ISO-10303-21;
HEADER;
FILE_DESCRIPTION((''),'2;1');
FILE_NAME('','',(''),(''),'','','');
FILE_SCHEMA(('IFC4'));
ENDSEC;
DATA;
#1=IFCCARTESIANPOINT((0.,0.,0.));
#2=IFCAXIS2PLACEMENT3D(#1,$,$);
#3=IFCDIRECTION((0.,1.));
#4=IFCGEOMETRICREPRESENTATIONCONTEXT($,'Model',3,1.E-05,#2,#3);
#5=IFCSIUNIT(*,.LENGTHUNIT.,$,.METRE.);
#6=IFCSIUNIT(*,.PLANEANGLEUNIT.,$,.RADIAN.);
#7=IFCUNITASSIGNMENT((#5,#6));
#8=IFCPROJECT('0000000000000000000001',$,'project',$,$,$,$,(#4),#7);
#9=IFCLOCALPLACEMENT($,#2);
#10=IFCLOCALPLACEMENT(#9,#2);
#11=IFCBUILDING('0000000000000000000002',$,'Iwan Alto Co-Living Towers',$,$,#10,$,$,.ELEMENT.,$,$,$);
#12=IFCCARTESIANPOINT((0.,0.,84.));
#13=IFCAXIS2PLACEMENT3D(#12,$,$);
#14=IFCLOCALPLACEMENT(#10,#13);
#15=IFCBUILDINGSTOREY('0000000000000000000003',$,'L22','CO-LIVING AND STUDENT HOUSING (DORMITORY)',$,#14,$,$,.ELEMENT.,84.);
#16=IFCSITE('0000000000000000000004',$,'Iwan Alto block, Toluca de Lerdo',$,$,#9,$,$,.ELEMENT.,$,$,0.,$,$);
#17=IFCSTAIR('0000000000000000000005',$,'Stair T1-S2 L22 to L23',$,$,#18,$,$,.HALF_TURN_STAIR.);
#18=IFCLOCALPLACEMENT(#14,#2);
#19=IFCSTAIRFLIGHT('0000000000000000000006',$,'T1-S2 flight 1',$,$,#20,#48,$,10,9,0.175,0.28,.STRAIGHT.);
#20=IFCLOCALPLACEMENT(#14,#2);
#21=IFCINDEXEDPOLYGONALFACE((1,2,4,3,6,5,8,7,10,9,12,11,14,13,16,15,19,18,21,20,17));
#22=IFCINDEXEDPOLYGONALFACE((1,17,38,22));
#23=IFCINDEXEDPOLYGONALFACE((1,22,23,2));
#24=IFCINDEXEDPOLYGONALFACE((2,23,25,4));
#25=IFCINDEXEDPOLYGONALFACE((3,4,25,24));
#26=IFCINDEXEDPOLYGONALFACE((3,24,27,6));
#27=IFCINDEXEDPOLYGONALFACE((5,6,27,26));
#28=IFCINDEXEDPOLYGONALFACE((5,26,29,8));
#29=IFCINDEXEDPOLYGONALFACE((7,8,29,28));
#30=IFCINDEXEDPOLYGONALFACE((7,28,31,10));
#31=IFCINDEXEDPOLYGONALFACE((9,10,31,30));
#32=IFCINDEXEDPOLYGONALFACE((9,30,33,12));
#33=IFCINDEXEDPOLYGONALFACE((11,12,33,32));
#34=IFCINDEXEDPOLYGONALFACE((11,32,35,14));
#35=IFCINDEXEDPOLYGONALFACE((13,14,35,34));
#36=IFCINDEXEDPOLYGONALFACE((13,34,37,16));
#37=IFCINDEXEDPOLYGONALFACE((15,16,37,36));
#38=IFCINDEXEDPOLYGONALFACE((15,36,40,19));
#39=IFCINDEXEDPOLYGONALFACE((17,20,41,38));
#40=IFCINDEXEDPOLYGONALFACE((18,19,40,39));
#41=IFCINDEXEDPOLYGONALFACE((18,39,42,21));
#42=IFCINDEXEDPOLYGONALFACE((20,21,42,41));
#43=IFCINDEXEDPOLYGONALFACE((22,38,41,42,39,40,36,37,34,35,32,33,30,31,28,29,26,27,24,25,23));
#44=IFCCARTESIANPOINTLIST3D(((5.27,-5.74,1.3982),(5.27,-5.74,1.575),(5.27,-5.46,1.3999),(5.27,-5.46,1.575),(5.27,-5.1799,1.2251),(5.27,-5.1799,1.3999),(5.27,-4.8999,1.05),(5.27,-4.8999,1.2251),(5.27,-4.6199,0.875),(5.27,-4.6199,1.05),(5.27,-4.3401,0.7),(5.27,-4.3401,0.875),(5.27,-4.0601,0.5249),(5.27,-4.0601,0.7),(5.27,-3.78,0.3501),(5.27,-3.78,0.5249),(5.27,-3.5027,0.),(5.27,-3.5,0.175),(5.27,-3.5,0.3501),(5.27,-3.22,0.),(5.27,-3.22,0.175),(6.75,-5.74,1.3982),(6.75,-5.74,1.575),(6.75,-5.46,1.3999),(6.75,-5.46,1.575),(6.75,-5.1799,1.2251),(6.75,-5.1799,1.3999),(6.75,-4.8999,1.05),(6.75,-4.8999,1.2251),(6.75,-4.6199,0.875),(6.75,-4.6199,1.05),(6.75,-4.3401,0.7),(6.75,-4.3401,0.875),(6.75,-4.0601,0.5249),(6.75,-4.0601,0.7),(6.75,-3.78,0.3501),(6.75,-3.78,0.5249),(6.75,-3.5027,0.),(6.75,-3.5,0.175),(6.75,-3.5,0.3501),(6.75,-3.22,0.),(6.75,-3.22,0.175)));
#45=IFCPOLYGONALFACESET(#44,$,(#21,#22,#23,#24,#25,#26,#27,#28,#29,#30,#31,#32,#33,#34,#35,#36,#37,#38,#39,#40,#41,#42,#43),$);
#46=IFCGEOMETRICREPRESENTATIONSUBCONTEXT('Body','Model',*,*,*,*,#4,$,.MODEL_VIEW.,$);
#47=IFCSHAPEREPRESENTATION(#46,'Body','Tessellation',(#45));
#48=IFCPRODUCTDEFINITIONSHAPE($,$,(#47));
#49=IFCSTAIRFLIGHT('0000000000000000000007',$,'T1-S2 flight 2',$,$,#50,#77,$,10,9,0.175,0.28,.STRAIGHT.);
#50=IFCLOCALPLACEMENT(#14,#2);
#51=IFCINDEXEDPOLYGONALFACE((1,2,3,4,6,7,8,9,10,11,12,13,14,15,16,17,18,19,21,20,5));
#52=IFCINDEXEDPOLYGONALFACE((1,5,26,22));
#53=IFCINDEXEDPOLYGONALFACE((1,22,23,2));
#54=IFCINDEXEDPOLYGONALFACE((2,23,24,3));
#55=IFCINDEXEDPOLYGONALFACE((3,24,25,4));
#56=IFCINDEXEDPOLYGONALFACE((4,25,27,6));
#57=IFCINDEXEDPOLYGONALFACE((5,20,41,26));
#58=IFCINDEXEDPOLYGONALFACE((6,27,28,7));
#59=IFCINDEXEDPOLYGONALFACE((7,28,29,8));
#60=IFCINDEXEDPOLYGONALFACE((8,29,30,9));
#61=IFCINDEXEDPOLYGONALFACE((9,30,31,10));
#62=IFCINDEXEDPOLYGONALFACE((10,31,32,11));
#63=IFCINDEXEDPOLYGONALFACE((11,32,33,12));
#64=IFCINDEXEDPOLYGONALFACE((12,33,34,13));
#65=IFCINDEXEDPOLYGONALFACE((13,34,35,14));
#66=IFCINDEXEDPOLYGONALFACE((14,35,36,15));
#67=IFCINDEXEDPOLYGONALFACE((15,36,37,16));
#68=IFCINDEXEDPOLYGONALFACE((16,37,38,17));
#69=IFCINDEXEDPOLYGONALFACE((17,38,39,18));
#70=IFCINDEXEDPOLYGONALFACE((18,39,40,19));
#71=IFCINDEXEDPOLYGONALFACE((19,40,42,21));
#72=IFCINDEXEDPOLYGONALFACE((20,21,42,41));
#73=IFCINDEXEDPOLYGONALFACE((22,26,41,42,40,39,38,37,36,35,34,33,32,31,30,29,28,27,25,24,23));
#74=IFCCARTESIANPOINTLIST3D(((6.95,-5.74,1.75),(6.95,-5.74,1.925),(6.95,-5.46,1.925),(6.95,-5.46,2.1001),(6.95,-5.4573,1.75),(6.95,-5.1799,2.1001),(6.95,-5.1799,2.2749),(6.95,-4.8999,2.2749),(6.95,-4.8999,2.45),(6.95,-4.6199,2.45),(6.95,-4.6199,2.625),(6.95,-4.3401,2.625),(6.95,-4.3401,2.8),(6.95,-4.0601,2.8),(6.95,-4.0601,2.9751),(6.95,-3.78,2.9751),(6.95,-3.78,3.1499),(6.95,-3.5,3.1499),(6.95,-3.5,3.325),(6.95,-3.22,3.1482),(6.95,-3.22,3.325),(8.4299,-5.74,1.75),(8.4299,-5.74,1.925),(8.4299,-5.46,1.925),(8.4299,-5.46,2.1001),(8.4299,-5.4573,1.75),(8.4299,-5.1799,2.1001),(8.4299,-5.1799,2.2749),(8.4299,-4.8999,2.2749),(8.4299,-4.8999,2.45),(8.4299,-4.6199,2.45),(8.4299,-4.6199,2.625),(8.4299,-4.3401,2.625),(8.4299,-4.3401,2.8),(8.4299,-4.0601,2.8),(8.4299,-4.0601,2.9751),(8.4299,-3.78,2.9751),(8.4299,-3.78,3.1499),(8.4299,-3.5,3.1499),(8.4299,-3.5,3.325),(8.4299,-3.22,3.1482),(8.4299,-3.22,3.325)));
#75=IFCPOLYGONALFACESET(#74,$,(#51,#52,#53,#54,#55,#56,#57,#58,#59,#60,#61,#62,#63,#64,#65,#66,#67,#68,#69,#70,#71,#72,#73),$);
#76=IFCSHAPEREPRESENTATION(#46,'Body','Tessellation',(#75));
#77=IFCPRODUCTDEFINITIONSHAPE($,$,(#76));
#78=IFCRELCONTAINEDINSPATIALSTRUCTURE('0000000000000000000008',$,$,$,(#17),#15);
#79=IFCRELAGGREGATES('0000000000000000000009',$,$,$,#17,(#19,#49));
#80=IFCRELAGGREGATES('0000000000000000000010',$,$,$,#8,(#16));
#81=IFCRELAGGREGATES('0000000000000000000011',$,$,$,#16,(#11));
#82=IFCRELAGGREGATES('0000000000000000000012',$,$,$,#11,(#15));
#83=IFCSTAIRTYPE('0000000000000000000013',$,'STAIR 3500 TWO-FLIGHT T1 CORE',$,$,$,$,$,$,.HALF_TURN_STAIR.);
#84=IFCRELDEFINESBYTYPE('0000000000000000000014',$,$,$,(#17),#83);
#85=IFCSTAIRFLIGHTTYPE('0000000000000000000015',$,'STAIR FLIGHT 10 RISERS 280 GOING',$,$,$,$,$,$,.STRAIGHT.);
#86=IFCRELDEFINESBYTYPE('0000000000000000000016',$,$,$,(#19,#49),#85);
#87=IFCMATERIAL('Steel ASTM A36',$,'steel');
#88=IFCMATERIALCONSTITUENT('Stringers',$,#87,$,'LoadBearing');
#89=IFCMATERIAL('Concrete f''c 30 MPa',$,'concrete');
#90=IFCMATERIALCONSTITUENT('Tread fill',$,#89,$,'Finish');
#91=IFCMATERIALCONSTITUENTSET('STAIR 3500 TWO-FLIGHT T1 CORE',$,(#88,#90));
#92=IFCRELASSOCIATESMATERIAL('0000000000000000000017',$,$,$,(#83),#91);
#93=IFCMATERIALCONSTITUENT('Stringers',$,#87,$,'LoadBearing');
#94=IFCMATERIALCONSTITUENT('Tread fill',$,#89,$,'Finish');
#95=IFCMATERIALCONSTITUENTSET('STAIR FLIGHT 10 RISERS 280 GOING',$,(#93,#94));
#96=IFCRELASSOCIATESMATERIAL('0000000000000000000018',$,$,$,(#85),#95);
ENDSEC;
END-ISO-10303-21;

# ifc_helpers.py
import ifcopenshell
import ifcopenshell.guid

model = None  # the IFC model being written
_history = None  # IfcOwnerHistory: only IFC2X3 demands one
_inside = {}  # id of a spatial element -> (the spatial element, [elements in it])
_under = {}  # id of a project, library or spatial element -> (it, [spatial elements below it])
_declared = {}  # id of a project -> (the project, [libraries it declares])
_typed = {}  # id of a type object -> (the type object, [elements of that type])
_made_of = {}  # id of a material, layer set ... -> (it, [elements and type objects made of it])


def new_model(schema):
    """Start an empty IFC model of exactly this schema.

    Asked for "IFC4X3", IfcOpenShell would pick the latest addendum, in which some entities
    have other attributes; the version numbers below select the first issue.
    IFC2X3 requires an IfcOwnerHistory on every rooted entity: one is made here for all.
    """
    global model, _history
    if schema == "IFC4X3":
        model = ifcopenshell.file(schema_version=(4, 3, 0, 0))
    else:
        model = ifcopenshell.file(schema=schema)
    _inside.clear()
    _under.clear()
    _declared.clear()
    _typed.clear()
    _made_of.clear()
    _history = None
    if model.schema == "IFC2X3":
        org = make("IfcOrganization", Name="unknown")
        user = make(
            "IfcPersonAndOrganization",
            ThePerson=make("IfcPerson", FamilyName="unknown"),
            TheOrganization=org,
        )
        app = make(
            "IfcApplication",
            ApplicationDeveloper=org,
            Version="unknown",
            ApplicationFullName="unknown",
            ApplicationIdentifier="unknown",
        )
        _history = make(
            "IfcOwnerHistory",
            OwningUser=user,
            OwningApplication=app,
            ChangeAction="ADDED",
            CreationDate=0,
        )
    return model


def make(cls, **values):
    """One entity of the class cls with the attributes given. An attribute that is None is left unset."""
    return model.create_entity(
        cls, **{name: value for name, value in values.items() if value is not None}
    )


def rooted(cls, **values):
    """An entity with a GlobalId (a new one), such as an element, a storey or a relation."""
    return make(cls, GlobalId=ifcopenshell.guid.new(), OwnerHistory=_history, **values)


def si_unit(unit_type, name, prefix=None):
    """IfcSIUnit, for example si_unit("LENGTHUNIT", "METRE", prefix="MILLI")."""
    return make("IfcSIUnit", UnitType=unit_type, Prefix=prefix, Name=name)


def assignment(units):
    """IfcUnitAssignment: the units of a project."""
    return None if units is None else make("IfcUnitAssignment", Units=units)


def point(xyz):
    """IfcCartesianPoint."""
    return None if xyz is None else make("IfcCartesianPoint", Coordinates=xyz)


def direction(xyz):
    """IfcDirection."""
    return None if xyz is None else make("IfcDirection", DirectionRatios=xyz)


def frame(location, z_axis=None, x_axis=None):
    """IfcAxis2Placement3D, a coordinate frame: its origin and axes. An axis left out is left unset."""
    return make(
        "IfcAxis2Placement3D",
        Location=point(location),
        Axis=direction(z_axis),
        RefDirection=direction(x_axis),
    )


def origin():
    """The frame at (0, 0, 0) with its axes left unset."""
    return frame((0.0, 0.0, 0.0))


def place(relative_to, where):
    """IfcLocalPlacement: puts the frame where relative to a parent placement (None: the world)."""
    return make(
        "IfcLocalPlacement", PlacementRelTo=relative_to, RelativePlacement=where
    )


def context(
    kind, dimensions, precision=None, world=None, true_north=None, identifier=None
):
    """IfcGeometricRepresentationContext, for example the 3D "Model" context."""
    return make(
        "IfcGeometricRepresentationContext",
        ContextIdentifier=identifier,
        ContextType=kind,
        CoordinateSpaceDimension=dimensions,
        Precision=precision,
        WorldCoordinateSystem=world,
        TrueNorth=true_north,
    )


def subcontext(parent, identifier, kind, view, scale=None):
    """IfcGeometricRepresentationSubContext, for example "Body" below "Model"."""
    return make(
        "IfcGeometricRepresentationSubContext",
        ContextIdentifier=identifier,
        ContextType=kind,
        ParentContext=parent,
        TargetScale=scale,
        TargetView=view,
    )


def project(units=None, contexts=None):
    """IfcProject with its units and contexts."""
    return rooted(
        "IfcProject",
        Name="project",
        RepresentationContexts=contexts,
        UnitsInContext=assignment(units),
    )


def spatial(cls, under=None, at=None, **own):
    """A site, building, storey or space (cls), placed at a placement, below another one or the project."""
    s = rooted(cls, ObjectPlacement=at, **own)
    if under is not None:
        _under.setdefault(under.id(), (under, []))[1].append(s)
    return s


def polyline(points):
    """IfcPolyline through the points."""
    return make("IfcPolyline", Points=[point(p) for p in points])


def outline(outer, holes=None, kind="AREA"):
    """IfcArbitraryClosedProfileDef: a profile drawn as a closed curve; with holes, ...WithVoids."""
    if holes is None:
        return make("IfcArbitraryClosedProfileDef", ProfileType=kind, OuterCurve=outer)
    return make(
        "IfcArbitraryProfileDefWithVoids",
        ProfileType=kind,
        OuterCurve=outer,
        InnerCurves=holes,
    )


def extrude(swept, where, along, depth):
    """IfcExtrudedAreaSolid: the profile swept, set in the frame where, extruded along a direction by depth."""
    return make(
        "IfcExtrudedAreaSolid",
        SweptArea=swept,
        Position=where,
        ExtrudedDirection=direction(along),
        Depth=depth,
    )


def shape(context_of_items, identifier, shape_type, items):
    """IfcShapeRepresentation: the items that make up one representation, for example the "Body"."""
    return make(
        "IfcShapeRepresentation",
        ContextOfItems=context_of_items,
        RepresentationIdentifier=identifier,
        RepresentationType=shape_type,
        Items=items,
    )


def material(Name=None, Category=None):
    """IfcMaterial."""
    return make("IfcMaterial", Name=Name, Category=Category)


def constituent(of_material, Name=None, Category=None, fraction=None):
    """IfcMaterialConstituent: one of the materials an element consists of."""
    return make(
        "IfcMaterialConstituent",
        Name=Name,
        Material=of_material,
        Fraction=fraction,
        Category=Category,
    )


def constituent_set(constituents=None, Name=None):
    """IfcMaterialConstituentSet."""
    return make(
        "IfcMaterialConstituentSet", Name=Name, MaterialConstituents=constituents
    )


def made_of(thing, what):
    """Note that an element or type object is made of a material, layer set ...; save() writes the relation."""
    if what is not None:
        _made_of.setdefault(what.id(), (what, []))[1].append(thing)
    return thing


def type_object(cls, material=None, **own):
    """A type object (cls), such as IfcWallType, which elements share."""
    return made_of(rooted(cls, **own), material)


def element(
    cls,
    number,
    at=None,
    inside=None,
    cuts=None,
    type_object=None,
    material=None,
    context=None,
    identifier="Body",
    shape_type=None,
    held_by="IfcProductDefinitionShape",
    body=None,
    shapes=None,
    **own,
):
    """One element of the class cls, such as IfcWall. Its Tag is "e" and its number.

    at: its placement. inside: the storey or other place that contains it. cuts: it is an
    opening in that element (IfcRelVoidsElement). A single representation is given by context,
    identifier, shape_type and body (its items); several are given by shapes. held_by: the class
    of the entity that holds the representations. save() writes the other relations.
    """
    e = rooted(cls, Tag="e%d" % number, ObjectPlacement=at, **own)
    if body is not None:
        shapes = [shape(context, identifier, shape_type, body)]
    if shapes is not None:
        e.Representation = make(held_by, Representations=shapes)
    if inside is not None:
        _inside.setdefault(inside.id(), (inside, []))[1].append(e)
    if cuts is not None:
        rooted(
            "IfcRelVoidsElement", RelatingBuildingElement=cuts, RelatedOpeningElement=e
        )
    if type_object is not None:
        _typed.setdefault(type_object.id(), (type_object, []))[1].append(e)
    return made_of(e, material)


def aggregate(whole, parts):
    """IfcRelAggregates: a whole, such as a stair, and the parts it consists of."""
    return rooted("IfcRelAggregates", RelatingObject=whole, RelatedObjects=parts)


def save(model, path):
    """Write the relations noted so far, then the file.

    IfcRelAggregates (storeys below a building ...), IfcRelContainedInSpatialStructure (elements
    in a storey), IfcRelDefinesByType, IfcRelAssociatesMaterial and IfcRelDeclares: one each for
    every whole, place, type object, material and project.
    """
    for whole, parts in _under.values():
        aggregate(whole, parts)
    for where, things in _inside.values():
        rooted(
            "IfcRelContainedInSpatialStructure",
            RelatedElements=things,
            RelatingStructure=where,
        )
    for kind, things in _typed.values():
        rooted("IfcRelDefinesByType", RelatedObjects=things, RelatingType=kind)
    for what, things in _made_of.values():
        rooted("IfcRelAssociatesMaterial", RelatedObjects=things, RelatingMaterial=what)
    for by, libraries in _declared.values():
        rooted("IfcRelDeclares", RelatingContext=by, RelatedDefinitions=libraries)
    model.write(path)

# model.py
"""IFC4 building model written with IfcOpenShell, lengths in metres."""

from ifc_helpers import new_model, si_unit, direction, frame, origin, place, context, subcontext, project, spatial, polyline, outline, extrude, material, constituent, constituent_set, type_object, element, aggregate, save


model = new_model("IFC4")

# Units and contexts
model_context = context("Model", 3, precision=1e-05, world=origin(), true_north=direction((0.0, 1.0)))
body_context = subcontext(model_context, "Body", "Model", "MODEL_VIEW")
ifc_project = project(units=[si_unit("LENGTHUNIT", "METRE"), si_unit("PLANEANGLEUNIT", "RADIAN")], contexts=[model_context])

# Site, building, storey
site_placement = place(None, origin())
site = spatial("IfcSite", under=ifc_project, at=site_placement, Name="Iwan Alto block, Toluca de Lerdo", CompositionType="ELEMENT", RefElevation=0.0)
building_placement = place(site_placement, origin())
building = spatial("IfcBuilding", under=site, at=building_placement, Name="Iwan Alto Co-Living Towers", CompositionType="ELEMENT")
storey_placement = place(building_placement, frame((0.0, 0.0, 84.0)))
storey = spatial("IfcBuildingStorey", under=building, at=storey_placement, Name="L22", Description="CO-LIVING AND STUDENT HOUSING (DORMITORY)", CompositionType="ELEMENT", Elevation=84.0)

# Stair, stair flights
ifc_material_1 = material(Name="Steel ASTM A36", Category="steel")
ifc_constituent_1 = constituent(ifc_material_1, Name="Stringers", Category="LoadBearing")
ifc_material_2 = material(Name="Concrete f'c 30 MPa", Category="concrete")
ifc_constituent_2 = constituent(ifc_material_2, Name="Tread fill", Category="Finish")
ifc_constituent_set_1 = constituent_set(constituents=[ifc_constituent_1, ifc_constituent_2], Name="STAIR 3500 TWO-FLIGHT T1 CORE")
stair_type = type_object("IfcStairType", Name="STAIR 3500 TWO-FLIGHT T1 CORE", PredefinedType="HALF_TURN_STAIR", material=ifc_constituent_set_1)
stair_placement = place(storey_placement, origin())
stair = element("IfcStair", 1, at=stair_placement, inside=storey, type_object=stair_type, Name="Stair T1-S2 L22 to L23", PredefinedType="HALF_TURN_STAIR")
ifc_constituent_3 = constituent(ifc_material_1, Name="Stringers", Category="LoadBearing")
ifc_constituent_4 = constituent(ifc_material_2, Name="Tread fill", Category="Finish")
ifc_constituent_set_2 = constituent_set(constituents=[ifc_constituent_3, ifc_constituent_4], Name="STAIR FLIGHT 10 RISERS 280 GOING")
stair_flight_type = type_object("IfcStairFlightType", Name="STAIR FLIGHT 10 RISERS 280 GOING", PredefinedType="STRAIGHT", material=ifc_constituent_set_2)
stair_flight_1_placement = place(storey_placement, frame((6.01, -3.22, 0.0), z_axis=(0.0, 0.0, 1.0), x_axis=(0.0, -1.0, 0.0)))
stair_flight_1 = element("IfcStairFlight", 2, at=stair_flight_1_placement, type_object=stair_flight_type, Name="T1-S2 flight 1", NumberOfRisers=10, NumberOfTreads=9, PredefinedType="STRAIGHT", RiserHeight=0.175, TreadLength=0.28, context=body_context, shape_type="SweptSolid", body=[
    extrude(outline(polyline([(0.0, 0.0), (0.0, 0.175), (0.28, 0.175), (0.28, 0.3501), (0.5601, 0.3501), (0.5601, 0.5249), (0.8401, 0.5249), (0.8401, 0.7), (1.1201, 0.7), (1.1201, 0.875), (1.3999, 0.875), (1.3999, 1.05), (1.6799, 1.05), (1.6799, 1.2251), (1.96, 1.2251), (1.96, 1.3999), (2.24, 1.3999), (2.24, 1.575), (2.52, 1.575), (2.52, 1.75), (2.52, 1.3982), (0.2827, 0.0), (0.0, 0.0)])), frame((0.0, 0.74, 0.0), z_axis=(0.0, -1.0, 0.0), x_axis=(1.0, 0.0, 0.0)), (0.0, 0.0, 1.0), 1.48),
])
stair_flight_2_placement = place(storey_placement, frame((7.6899, -5.74, 1.75), z_axis=(0.0, 0.0, 1.0), x_axis=(0.0, 1.0, 0.0)))
stair_flight_2 = element("IfcStairFlight", 3, at=stair_flight_2_placement, type_object=stair_flight_type, Name="T1-S2 flight 2", NumberOfRisers=10, NumberOfTreads=9, PredefinedType="STRAIGHT", RiserHeight=0.175, TreadLength=0.28, context=body_context, shape_type="SweptSolid", body=[
    extrude(outline(polyline([(0.0, 0.0), (0.0, 0.175), (0.28, 0.175), (0.28, 0.3501), (0.5601, 0.3501), (0.5601, 0.5249), (0.8401, 0.5249), (0.8401, 0.7), (1.1201, 0.7), (1.1201, 0.875), (1.3999, 0.875), (1.3999, 1.05), (1.6799, 1.05), (1.6799, 1.2251), (1.96, 1.2251), (1.96, 1.3999), (2.24, 1.3999), (2.24, 1.575), (2.52, 1.575), (2.52, 1.75), (2.52, 1.3982), (0.2827, 0.0), (0.0, 0.0)])), frame((0.0, 0.74, 0.0), z_axis=(0.0, -1.0, 0.0), x_axis=(1.0, 0.0, 0.0)), (0.0, 0.0, 1.0), 1.48),
])
aggregate(stair, [stair_flight_1, stair_flight_2])

save(model, "model.ifc")
